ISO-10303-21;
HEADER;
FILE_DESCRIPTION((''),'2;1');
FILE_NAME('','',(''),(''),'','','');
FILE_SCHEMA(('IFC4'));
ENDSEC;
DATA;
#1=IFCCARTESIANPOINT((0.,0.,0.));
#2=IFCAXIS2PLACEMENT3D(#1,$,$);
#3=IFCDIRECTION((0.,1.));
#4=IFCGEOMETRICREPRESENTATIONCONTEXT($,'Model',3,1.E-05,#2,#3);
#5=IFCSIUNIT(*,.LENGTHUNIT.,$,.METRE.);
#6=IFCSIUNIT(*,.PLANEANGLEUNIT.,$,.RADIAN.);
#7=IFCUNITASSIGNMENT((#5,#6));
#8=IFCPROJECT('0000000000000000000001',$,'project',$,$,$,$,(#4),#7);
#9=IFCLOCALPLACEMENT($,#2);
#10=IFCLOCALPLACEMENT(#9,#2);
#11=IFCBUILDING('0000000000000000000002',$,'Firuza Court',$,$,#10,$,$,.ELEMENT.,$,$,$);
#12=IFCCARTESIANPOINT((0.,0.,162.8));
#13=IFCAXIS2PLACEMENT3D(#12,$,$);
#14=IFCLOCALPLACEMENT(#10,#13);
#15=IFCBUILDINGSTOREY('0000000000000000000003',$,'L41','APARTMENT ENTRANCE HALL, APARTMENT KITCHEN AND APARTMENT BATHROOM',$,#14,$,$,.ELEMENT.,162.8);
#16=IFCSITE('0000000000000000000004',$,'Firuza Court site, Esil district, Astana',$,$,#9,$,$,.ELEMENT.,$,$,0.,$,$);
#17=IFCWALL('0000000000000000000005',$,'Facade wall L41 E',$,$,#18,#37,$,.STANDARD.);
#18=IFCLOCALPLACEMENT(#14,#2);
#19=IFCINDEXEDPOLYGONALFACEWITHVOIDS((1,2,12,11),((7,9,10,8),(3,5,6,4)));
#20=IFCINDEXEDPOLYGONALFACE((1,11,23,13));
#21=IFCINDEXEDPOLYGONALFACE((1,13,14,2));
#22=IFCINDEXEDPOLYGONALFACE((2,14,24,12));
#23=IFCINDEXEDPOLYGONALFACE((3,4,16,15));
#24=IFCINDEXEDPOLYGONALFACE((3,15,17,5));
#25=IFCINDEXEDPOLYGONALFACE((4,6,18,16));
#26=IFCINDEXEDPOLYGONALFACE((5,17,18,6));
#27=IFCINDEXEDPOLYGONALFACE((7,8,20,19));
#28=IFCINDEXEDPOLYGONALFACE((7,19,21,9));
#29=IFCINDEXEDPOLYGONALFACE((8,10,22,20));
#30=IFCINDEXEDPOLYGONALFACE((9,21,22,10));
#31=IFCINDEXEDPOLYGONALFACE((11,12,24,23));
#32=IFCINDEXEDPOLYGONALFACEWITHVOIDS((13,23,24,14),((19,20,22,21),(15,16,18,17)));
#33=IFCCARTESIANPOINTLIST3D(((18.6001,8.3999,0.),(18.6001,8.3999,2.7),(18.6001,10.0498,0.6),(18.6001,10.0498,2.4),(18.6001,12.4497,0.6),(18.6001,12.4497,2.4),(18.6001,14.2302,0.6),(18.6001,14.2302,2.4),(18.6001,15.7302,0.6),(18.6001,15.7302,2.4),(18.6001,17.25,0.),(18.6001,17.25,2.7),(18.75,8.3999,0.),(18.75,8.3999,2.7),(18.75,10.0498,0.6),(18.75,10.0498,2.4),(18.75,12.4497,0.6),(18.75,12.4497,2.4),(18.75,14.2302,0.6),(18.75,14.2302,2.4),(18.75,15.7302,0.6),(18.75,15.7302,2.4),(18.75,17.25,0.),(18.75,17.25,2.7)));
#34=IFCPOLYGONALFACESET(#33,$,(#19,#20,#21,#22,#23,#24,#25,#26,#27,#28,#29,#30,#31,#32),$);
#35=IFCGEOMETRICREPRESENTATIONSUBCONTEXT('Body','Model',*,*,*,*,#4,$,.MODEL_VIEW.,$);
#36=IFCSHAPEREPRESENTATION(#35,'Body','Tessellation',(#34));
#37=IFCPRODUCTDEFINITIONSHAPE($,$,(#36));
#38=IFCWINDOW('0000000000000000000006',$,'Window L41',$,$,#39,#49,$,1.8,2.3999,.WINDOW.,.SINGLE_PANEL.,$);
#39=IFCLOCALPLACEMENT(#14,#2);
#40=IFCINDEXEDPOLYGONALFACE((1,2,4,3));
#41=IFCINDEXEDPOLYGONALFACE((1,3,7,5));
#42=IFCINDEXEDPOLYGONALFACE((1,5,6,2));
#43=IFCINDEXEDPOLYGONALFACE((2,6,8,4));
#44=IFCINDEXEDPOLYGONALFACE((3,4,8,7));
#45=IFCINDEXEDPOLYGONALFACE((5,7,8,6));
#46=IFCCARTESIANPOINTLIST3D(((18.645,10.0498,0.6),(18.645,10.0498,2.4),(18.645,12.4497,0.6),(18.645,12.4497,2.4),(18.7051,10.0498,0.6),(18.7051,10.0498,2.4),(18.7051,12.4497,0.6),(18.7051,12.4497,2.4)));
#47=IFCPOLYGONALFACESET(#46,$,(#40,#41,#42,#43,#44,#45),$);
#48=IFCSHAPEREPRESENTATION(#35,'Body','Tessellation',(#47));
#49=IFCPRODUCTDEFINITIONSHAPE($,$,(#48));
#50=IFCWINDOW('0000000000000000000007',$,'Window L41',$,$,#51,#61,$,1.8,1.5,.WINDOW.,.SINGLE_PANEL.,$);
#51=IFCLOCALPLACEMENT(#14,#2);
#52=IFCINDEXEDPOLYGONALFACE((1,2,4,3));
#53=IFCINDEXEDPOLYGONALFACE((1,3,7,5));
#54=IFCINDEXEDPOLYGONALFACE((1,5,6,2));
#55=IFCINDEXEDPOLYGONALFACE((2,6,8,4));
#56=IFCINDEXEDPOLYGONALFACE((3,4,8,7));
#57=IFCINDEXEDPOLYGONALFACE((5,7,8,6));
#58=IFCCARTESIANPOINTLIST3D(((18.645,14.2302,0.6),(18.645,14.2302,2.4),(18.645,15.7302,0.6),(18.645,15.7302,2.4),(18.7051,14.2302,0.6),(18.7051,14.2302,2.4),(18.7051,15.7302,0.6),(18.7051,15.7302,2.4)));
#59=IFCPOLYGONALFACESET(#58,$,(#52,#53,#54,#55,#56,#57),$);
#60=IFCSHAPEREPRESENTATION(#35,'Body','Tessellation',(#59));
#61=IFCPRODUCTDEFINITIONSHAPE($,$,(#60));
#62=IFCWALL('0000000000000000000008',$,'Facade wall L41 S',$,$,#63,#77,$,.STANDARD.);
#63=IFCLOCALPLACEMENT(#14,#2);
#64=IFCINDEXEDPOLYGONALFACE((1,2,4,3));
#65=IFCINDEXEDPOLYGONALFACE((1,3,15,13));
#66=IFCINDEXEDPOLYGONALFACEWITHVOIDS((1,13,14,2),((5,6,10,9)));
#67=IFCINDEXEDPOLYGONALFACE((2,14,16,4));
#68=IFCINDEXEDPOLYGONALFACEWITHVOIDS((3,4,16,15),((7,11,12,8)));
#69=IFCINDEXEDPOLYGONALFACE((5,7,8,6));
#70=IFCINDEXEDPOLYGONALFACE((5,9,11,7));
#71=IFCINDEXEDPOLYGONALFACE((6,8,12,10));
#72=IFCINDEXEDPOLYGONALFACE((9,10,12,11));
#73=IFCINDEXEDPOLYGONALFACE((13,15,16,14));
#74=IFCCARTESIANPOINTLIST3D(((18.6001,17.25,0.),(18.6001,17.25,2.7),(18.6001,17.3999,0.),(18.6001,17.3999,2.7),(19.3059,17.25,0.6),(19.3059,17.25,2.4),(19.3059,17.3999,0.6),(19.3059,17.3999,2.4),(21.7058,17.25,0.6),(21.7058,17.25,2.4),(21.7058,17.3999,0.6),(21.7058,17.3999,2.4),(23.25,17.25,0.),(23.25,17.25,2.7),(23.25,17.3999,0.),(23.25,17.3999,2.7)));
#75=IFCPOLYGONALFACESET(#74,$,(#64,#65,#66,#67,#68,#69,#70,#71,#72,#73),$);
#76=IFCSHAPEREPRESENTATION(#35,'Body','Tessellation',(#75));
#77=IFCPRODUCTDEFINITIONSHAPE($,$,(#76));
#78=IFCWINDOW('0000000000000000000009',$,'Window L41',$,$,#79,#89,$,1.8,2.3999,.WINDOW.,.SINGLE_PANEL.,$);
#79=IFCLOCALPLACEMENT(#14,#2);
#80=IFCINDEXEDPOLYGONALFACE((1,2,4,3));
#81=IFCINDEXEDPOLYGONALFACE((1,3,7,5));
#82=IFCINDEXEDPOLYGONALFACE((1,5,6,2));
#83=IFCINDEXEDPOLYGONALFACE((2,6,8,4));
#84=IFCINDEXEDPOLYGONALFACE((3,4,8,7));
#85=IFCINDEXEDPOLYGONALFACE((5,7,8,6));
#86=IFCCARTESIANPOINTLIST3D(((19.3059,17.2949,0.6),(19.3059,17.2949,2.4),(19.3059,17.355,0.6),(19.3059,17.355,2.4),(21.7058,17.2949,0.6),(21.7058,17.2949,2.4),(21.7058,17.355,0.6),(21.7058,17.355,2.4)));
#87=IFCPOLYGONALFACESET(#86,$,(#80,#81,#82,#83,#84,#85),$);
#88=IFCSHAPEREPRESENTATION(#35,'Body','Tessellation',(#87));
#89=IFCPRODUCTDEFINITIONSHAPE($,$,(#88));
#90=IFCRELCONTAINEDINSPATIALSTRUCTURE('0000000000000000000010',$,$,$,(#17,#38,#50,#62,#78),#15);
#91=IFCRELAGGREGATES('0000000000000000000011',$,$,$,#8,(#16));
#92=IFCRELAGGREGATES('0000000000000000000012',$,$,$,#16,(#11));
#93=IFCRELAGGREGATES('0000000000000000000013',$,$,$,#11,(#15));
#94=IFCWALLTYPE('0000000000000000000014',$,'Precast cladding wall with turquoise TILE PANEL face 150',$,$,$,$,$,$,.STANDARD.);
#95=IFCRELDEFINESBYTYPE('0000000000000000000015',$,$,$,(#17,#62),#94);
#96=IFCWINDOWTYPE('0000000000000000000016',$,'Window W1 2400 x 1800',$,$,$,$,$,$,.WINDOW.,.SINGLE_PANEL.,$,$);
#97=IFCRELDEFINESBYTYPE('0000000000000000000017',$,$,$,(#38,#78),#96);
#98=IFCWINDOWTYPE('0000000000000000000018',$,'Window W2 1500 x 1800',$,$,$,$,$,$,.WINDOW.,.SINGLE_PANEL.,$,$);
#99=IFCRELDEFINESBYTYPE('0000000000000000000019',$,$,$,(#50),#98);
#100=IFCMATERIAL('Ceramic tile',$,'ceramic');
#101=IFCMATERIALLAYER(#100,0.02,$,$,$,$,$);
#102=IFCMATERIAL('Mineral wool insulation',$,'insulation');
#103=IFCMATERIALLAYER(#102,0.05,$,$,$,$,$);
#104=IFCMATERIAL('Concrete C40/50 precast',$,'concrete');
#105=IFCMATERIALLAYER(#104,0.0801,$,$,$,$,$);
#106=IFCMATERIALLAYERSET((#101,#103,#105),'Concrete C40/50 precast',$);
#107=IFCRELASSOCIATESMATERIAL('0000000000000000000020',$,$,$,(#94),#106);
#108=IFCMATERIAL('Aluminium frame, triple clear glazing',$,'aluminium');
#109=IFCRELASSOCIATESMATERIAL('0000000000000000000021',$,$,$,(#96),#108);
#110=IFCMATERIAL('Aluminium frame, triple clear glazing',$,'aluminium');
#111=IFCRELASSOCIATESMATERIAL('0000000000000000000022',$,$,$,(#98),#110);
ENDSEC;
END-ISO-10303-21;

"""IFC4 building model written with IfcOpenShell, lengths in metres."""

from ifc_helpers import new_model, si_unit, direction, frame, frame_2d, origin, place, context, subcontext, project, spatial, rectangle, extrude, material, layer, layer_set, type_object, element, fill, save


model = new_model("IFC4")

# Units and contexts
model_context = context("Model", 3, precision=1e-05, world=origin(), true_north=direction((0.0, 1.0)))
body_context = subcontext(model_context, "Body", "Model", "MODEL_VIEW")
ifc_project = project(units=[si_unit("LENGTHUNIT", "METRE"), si_unit("PLANEANGLEUNIT", "RADIAN")], contexts=[model_context])

# Site, building, storey
site_placement = place(None, origin())
site = spatial("IfcSite", under=ifc_project, at=site_placement, Name="Firuza Court site, Esil district, Astana", CompositionType="ELEMENT", RefElevation=0.0)
building_placement = place(site_placement, origin())
building = spatial("IfcBuilding", under=site, at=building_placement, Name="Firuza Court", CompositionType="ELEMENT")
storey_placement = place(building_placement, frame((0.0, 0.0, 162.8)))
storey = spatial("IfcBuildingStorey", under=building, at=storey_placement, Name="L41", Description="APARTMENT ENTRANCE HALL, APARTMENT KITCHEN AND APARTMENT BATHROOM", CompositionType="ELEMENT", Elevation=162.8)

# Wall, openings, windows
ifc_material_1 = material(Name="Ceramic tile", Category="ceramic")
ifc_layer_1 = layer(ifc_material_1, 0.02)
ifc_material_2 = material(Name="Mineral wool insulation", Category="insulation")
ifc_layer_2 = layer(ifc_material_2, 0.05)
ifc_material_3 = material(Name="Concrete C40/50 precast", Category="concrete")
ifc_layer_3 = layer(ifc_material_3, 0.0801)
ifc_layer_set_1 = layer_set([ifc_layer_1, ifc_layer_2, ifc_layer_3], Name="Concrete C40/50 precast")
wall_type_1 = type_object("IfcWallType", Name="Precast cladding wall with turquoise TILE PANEL face 150", PredefinedType="STANDARD", material=ifc_layer_set_1)
wall_1_placement = place(storey_placement, frame((18.675, 8.3999, 0.0), z_axis=(0.0, 0.0, 1.0), x_axis=(0.0, 1.0, 0.0)))
wall_1 = element("IfcWall", 1, at=wall_1_placement, inside=storey, type_object=wall_type_1, Name="Facade wall L41 E", PredefinedType="STANDARD", context=body_context, shape_type="SweptSolid", body=[
    extrude(rectangle(XDim=8.8501, YDim=0.1499, at=frame_2d((4.425, 0.0))), origin(), (0.0, 0.0, 1.0), 2.7),
])
opening_1_placement = place(wall_1_placement, frame((1.6499, 0.0, 0.6001)))
opening_1 = element("IfcOpeningElement", 2, at=opening_1_placement, cuts=wall_1, PredefinedType="OPENING", context=body_context, shape_type="SweptSolid", body=[
    extrude(rectangle(XDim=2.3999, YDim=1.8, at=frame_2d((1.2, 0.8999))), frame((0.0, 0.0869, 0.0), z_axis=(0.0, -1.0, 0.0), x_axis=(1.0, 0.0, 0.0)), (0.0, 0.0, 1.0), 0.1738),
])
opening_2_placement = place(wall_1_placement, frame((5.8303, 0.0, 0.6001)))
opening_2 = element("IfcOpeningElement", 3, at=opening_2_placement, cuts=wall_1, PredefinedType="OPENING", context=body_context, shape_type="SweptSolid", body=[
    extrude(rectangle(XDim=1.5, YDim=1.8, at=frame_2d((0.75, 0.8999))), frame((0.0, 0.0869, 0.0), z_axis=(0.0, -1.0, 0.0), x_axis=(1.0, 0.0, 0.0)), (0.0, 0.0, 1.0), 0.1738),
])
ifc_material_4 = material(Name="Aluminium frame, triple clear glazing", Category="aluminium")
window_type_1 = type_object("IfcWindowType", Name="Window W1 2400 x 1800", PartitioningType="SINGLE_PANEL", PredefinedType="WINDOW", material=ifc_material_4)
window_1_placement = place(opening_1_placement, origin())
window_1 = element("IfcWindow", 4, at=window_1_placement, inside=storey, type_object=window_type_1, Name="Window L41", OverallHeight=1.8, OverallWidth=2.3999, PartitioningType="SINGLE_PANEL", PredefinedType="WINDOW", context=body_context, shape_type="SweptSolid", body=[
    extrude(rectangle(XDim=2.3999, YDim=1.8, at=frame_2d((1.2, 0.8999))), frame((0.0, 0.03, 0.0), z_axis=(0.0, -1.0, 0.0), x_axis=(1.0, 0.0, 0.0)), (0.0, 0.0, 1.0), 0.0601),
])
fill(opening_1, window_1)
ifc_material_5 = material(Name="Aluminium frame, triple clear glazing", Category="aluminium")
window_type_2 = type_object("IfcWindowType", Name="Window W2 1500 x 1800", PartitioningType="SINGLE_PANEL", PredefinedType="WINDOW", material=ifc_material_5)
window_2_placement = place(opening_2_placement, origin())
window_2 = element("IfcWindow", 5, at=window_2_placement, inside=storey, type_object=window_type_2, Name="Window L41", OverallHeight=1.8, OverallWidth=1.5, PartitioningType="SINGLE_PANEL", PredefinedType="WINDOW", context=body_context, shape_type="SweptSolid", body=[
    extrude(rectangle(XDim=1.5, YDim=1.8, at=frame_2d((0.75, 0.8999))), frame((0.0, 0.03, 0.0), z_axis=(0.0, -1.0, 0.0), x_axis=(1.0, 0.0, 0.0)), (0.0, 0.0, 1.0), 0.0601),
])
fill(opening_2, window_2)

# Wall, opening, window
wall_2_placement = place(storey_placement, frame((18.6001, 17.325, 0.0), z_axis=(0.0, 0.0, 1.0), x_axis=(1.0, 0.0, 0.0)))
wall_2 = element("IfcWall", 6, at=wall_2_placement, inside=storey, type_object=wall_type_1, Name="Facade wall L41 S", PredefinedType="STANDARD", context=body_context, shape_type="SweptSolid", body=[
    extrude(rectangle(XDim=4.6499, YDim=0.1499, at=frame_2d((2.325, 0.0))), origin(), (0.0, 0.0, 1.0), 2.7),
])
opening_3_placement = place(wall_2_placement, frame((0.7058, 0.0, 0.6001)))
opening_3 = element("IfcOpeningElement", 7, at=opening_3_placement, cuts=wall_2, PredefinedType="OPENING", context=body_context, shape_type="SweptSolid", body=[
    extrude(rectangle(XDim=2.3999, YDim=1.8, at=frame_2d((1.2, 0.8999))), frame((0.0, 0.0869, 0.0), z_axis=(0.0, -1.0, 0.0), x_axis=(1.0, 0.0, 0.0)), (0.0, 0.0, 1.0), 0.1738),
])
window_3_placement = place(opening_3_placement, origin())
window_3 = element("IfcWindow", 8, at=window_3_placement, inside=storey, type_object=window_type_1, Name="Window L41", OverallHeight=1.8, OverallWidth=2.3999, PartitioningType="SINGLE_PANEL", PredefinedType="WINDOW", context=body_context, shape_type="SweptSolid", body=[
    extrude(rectangle(XDim=2.3999, YDim=1.8, at=frame_2d((1.2, 0.8999))), frame((0.0, 0.03, 0.0), z_axis=(0.0, -1.0, 0.0), x_axis=(1.0, 0.0, 0.0)), (0.0, 0.0, 1.0), 0.0601),
])
fill(opening_3, window_3)

save(model, "model.ifc")
